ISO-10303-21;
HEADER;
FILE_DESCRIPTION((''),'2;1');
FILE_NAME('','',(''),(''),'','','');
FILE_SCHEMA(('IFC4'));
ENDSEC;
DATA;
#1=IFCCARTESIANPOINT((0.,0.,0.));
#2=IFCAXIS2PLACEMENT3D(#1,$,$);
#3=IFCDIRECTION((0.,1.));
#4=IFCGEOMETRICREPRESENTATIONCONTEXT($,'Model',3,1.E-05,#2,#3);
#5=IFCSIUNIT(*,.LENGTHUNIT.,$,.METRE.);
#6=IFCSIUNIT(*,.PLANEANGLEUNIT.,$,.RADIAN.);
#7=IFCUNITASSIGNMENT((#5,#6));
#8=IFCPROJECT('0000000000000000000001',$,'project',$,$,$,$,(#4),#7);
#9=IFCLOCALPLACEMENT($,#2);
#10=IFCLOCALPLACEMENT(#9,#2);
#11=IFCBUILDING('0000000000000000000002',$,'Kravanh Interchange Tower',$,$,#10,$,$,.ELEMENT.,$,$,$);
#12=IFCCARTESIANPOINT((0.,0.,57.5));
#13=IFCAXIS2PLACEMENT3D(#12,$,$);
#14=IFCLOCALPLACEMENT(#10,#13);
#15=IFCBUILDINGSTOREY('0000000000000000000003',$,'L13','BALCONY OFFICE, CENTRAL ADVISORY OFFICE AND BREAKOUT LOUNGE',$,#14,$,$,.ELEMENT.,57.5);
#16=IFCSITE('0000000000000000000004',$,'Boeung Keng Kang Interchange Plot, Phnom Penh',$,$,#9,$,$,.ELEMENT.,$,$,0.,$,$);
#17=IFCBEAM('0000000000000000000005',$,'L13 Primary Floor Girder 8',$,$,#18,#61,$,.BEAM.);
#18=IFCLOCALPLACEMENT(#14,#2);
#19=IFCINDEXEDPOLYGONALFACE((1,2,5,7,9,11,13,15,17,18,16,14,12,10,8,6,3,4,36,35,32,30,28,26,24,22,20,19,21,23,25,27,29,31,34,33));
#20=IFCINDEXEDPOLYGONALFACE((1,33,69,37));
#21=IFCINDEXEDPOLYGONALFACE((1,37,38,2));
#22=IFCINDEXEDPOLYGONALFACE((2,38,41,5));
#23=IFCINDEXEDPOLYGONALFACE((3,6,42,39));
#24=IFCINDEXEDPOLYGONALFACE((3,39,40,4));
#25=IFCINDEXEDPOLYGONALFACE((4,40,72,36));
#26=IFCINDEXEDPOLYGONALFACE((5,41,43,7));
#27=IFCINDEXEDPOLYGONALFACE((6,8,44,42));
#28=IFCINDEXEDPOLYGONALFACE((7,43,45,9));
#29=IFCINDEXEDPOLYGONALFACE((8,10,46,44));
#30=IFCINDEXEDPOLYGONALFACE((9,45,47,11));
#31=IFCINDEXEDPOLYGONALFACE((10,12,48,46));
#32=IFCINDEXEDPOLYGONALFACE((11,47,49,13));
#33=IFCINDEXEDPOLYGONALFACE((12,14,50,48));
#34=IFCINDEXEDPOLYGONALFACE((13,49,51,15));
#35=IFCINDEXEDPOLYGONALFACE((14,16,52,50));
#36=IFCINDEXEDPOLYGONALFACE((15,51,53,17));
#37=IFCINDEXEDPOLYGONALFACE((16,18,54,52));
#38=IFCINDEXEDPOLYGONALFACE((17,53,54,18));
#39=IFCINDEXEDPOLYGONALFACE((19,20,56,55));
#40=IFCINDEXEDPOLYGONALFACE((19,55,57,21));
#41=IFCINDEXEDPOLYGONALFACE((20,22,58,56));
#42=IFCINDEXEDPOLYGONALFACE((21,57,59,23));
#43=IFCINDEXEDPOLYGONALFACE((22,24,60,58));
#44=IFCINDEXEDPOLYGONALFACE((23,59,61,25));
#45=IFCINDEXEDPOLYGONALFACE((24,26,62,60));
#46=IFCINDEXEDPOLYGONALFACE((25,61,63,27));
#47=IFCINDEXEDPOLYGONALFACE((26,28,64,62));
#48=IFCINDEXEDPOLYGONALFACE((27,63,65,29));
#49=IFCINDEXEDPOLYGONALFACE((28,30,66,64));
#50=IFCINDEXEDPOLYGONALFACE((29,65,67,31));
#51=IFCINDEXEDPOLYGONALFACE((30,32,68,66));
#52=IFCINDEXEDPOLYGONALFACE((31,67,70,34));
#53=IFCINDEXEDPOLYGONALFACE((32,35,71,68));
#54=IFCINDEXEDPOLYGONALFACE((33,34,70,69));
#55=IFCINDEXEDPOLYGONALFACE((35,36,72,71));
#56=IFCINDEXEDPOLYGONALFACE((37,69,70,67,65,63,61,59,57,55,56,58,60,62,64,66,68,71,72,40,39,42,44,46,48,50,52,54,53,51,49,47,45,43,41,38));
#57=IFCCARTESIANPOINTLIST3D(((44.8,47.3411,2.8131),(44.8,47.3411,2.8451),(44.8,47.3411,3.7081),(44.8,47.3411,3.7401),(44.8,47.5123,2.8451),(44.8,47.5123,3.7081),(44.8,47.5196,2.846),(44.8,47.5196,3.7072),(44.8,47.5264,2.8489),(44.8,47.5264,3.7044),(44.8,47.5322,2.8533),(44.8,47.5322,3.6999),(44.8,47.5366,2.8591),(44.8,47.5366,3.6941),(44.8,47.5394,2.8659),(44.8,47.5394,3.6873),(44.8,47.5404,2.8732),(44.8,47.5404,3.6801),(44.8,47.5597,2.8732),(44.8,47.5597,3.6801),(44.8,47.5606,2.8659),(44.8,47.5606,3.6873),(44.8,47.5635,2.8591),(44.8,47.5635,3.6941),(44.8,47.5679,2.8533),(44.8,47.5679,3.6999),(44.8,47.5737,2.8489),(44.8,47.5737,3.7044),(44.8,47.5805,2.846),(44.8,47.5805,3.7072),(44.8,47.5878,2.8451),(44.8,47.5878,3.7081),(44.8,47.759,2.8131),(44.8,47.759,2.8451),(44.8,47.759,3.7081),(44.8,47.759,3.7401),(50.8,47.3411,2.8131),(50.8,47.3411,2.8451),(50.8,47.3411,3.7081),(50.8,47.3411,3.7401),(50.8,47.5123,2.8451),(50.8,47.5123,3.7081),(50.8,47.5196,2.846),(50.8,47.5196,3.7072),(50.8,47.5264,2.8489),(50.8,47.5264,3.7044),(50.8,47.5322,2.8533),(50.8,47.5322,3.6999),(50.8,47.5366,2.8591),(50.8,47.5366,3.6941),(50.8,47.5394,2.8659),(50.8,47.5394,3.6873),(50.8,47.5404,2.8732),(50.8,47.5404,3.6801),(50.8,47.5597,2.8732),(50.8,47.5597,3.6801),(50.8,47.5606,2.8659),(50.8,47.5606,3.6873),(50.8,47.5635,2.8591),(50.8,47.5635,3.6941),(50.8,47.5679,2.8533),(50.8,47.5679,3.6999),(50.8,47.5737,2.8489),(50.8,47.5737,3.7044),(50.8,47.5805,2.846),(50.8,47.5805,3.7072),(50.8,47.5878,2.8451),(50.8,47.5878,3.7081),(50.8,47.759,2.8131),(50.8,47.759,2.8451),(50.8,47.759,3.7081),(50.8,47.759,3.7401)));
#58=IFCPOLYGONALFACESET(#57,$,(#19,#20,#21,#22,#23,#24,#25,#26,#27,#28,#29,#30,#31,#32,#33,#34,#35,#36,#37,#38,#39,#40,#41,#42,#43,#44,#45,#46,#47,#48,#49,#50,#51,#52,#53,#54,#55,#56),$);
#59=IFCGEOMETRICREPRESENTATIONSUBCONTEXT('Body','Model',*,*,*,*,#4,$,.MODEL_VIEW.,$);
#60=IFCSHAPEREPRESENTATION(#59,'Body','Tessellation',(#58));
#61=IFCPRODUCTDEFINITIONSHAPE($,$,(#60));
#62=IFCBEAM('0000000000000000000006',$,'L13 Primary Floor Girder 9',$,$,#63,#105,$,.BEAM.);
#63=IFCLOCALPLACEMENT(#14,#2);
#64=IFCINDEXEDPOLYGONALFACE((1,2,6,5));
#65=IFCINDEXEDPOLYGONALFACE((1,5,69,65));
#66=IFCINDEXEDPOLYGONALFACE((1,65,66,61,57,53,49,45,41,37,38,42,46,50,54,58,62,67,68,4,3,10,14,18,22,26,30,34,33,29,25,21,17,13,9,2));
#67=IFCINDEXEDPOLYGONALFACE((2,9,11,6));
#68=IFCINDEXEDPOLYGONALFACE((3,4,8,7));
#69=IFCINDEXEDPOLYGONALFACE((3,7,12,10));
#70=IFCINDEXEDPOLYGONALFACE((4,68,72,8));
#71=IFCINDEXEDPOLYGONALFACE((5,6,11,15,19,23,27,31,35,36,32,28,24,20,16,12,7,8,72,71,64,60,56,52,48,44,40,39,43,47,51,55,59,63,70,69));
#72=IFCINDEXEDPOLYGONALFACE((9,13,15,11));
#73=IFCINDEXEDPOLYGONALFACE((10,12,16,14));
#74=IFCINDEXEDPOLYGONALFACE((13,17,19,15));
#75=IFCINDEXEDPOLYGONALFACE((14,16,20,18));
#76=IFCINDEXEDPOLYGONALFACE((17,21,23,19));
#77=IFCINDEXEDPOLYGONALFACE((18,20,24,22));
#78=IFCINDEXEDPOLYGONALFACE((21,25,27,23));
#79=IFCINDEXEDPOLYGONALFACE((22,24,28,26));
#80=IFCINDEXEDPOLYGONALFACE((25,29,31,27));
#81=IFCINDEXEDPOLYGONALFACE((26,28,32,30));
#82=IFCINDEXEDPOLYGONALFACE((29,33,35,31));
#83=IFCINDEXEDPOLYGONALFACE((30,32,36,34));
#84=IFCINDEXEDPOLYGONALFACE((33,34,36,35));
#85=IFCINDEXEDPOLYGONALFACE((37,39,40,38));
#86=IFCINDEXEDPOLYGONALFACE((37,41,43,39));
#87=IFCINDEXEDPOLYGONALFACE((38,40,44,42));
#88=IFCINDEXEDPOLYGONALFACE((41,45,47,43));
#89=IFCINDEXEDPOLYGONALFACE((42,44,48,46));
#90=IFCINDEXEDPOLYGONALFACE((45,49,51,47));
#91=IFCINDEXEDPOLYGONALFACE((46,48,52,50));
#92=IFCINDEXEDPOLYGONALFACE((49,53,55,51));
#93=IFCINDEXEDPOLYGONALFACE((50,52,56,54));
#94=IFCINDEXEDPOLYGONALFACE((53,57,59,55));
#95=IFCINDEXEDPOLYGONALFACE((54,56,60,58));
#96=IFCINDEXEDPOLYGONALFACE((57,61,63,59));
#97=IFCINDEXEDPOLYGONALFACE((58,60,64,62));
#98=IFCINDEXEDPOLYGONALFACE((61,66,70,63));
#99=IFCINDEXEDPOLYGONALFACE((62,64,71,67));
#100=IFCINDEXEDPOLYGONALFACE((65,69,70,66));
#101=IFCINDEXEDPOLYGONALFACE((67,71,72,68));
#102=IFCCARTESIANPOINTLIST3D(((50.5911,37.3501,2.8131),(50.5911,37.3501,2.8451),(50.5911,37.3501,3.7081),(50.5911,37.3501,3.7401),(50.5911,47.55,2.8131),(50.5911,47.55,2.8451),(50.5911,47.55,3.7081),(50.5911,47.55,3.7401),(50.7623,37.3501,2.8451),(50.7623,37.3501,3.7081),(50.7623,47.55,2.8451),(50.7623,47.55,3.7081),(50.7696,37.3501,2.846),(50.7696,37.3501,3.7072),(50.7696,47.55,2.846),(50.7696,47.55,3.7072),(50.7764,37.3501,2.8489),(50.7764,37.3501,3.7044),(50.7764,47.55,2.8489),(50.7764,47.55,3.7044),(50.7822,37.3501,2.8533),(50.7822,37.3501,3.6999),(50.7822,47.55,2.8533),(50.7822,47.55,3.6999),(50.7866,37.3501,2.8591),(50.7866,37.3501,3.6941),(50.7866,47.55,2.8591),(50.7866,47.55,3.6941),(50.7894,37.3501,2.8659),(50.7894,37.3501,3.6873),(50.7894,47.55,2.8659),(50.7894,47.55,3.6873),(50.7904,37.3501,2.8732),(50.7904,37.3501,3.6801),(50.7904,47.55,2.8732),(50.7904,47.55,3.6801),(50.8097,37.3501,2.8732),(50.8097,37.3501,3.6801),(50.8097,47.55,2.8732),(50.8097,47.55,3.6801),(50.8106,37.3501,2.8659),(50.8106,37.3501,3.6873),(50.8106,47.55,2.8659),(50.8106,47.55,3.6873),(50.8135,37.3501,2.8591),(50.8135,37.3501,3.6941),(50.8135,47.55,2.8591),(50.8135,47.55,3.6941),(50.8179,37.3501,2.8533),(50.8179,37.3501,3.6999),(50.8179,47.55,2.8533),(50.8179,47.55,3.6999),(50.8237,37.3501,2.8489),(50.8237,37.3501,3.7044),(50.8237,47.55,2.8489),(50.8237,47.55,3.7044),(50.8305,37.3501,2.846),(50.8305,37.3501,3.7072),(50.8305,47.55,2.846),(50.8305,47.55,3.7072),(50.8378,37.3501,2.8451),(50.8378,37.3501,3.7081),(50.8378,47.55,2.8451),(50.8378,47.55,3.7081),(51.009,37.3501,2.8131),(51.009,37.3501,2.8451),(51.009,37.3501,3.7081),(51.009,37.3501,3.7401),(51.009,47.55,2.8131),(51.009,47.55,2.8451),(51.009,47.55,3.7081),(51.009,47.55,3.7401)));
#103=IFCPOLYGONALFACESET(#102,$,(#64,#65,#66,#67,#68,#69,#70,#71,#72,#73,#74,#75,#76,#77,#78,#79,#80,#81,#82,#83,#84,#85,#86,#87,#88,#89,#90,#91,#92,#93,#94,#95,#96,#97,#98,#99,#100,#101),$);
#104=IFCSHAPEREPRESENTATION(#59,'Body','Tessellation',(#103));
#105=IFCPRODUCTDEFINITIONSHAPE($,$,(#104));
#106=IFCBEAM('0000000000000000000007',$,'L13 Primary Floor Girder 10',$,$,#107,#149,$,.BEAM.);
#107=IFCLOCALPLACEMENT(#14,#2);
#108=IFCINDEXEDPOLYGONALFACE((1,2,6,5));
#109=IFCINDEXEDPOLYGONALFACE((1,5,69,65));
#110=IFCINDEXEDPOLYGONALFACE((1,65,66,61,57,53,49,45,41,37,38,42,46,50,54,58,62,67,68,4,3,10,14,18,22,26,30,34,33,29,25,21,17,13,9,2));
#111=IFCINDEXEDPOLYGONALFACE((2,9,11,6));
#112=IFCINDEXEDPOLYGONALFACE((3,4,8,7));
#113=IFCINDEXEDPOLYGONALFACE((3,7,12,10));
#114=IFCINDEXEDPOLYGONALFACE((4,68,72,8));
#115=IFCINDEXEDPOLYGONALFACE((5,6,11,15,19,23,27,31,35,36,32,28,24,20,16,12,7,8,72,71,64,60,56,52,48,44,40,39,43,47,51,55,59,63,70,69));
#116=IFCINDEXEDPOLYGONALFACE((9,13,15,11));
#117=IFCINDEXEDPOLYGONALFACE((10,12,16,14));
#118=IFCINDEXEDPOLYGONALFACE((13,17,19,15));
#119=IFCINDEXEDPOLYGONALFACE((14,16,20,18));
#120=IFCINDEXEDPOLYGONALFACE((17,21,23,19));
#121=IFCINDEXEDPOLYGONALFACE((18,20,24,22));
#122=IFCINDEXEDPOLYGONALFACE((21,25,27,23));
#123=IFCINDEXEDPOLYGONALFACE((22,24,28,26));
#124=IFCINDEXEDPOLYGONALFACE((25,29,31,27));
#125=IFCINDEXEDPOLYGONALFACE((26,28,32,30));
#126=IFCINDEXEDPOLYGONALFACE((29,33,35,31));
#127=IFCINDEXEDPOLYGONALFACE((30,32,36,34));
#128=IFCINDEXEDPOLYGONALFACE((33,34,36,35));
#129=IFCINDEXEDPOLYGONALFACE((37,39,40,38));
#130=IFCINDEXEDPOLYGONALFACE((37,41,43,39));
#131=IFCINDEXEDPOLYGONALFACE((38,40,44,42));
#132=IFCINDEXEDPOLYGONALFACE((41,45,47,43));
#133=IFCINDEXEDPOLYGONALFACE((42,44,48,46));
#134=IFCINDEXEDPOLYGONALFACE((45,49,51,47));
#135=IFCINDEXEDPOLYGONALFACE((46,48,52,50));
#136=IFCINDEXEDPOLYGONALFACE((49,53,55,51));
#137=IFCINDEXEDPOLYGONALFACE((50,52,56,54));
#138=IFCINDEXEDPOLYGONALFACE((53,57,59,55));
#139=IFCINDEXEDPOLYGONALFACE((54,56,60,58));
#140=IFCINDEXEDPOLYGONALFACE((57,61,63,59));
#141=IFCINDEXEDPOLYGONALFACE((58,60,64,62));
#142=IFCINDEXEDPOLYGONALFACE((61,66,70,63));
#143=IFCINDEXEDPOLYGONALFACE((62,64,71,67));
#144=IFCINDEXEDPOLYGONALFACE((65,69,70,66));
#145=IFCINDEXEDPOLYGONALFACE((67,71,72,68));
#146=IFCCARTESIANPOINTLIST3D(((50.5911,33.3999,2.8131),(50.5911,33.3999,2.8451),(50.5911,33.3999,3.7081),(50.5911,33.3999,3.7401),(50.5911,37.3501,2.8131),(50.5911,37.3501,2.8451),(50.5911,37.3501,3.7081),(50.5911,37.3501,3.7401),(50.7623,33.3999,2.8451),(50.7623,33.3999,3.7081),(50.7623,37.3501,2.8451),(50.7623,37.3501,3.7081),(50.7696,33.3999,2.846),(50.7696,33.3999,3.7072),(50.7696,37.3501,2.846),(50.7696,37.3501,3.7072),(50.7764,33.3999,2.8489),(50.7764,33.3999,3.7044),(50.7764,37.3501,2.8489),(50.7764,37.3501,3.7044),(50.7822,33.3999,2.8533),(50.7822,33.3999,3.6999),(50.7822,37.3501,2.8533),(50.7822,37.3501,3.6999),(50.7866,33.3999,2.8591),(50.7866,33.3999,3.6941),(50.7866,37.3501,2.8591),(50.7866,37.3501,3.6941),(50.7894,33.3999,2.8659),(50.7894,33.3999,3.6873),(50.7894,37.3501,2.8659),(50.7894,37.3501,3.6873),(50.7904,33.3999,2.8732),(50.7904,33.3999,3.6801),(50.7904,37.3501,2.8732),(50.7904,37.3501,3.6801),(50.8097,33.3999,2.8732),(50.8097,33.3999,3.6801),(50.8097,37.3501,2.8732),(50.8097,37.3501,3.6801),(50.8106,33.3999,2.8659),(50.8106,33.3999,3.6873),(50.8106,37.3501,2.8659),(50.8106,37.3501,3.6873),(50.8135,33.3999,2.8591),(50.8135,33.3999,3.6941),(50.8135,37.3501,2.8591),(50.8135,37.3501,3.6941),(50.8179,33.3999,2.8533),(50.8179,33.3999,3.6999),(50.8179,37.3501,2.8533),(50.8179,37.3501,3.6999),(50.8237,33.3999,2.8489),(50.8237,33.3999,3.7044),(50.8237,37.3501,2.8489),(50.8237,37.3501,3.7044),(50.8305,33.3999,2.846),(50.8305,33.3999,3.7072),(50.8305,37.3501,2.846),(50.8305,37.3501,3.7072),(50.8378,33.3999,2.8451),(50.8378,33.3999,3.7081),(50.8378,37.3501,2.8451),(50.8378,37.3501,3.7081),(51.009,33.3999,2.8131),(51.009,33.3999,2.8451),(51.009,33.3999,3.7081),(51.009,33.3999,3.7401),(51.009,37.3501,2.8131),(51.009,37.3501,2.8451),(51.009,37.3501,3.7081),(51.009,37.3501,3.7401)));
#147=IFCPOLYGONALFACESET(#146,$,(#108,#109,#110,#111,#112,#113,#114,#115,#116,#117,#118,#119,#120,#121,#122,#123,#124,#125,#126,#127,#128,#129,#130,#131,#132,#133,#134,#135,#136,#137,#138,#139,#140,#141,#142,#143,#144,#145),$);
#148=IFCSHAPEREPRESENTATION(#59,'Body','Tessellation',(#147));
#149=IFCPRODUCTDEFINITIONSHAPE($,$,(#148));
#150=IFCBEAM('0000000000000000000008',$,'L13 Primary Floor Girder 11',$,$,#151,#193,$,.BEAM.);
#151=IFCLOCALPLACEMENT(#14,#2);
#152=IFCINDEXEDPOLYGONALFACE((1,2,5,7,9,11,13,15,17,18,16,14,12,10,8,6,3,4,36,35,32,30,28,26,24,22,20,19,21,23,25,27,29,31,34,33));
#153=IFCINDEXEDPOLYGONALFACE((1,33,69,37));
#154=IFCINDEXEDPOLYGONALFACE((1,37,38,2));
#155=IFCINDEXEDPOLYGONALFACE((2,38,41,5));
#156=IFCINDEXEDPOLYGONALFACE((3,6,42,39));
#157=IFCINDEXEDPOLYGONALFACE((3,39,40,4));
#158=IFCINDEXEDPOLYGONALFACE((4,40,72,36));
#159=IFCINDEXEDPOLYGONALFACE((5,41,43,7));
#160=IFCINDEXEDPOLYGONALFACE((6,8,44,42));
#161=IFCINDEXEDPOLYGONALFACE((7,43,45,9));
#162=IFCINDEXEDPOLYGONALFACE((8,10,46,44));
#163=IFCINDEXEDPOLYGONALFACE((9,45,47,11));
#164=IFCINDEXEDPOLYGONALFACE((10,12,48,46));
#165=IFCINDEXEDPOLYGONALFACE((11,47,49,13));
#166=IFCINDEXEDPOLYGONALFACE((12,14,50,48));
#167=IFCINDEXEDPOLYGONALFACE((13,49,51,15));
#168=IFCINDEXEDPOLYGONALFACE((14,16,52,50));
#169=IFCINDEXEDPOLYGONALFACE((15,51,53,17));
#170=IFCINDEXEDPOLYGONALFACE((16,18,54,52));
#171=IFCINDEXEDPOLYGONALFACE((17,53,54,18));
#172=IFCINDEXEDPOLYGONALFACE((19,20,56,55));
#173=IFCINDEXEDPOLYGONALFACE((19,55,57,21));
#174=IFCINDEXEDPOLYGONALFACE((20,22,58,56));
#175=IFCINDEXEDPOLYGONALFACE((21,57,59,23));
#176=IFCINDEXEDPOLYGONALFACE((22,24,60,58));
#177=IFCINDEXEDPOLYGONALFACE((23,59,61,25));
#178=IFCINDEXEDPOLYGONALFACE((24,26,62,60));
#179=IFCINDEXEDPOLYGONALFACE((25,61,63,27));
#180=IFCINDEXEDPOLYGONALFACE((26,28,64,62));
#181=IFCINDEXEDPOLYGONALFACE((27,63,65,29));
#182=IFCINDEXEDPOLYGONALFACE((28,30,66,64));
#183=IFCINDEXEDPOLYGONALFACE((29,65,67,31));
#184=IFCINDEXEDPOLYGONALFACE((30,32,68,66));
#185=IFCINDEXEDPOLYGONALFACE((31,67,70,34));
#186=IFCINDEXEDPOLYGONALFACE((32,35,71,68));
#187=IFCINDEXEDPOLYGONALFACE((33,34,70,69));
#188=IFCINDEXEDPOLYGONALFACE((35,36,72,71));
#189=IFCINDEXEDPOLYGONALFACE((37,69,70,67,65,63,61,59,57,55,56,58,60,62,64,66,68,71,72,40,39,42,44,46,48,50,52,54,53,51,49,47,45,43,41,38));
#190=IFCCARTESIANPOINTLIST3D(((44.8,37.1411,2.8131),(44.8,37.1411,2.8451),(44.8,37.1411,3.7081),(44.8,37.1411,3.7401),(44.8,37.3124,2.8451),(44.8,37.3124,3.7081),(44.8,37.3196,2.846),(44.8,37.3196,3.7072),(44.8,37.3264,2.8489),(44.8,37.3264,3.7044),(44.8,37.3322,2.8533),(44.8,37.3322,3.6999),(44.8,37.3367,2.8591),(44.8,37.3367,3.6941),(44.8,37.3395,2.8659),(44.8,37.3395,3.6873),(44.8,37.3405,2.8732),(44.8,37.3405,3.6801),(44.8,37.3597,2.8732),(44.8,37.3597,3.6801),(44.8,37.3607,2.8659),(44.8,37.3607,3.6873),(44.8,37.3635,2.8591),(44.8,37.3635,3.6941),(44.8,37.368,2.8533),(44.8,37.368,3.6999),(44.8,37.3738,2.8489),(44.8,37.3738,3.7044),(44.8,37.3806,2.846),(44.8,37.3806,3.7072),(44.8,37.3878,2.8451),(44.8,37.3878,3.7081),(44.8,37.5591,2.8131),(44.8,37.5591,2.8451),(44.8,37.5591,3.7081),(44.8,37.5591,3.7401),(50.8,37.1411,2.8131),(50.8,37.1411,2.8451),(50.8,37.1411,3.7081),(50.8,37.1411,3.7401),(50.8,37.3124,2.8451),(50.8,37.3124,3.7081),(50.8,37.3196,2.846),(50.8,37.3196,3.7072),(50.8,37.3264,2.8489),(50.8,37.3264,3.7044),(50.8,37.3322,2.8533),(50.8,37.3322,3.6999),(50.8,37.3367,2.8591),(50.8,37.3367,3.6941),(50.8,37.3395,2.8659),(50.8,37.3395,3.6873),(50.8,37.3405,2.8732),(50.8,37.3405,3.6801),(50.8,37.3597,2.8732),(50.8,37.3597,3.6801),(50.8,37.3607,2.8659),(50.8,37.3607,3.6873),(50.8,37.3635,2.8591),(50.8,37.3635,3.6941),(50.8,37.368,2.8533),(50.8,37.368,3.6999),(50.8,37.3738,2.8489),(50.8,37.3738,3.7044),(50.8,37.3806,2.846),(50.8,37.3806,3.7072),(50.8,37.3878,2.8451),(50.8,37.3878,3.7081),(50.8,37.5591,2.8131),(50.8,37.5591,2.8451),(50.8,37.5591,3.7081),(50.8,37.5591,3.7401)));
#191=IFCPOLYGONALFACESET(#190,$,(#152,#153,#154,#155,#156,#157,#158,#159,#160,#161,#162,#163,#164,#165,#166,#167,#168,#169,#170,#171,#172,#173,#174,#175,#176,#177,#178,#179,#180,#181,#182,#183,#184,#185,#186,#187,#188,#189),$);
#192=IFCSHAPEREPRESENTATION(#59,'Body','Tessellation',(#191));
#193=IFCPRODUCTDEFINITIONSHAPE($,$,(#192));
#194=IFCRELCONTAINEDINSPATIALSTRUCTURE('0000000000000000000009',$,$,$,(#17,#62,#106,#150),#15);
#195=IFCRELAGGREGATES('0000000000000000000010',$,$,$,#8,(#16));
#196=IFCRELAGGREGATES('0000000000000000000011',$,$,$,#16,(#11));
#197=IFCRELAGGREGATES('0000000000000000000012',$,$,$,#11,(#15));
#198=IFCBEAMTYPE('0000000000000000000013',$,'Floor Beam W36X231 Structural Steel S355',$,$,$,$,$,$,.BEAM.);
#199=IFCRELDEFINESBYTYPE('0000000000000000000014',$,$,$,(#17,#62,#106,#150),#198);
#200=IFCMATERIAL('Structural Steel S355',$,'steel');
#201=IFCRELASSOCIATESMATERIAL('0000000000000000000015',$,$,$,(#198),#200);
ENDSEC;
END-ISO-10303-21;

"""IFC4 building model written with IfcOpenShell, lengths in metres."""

from ifc_helpers import new_model, si_unit, direction, frame, origin, origin_2d, place, context, subcontext, project, spatial, i_section, extrude, material, material_profile, profile_set, type_object, element, save


model = new_model("IFC4")

# Units and contexts
model_context = context("Model", 3, precision=1e-05, world=origin(), true_north=direction((0.0, 1.0)))
body_context = subcontext(model_context, "Body", "Model", "MODEL_VIEW")
ifc_project = project(units=[si_unit("LENGTHUNIT", "METRE"), si_unit("PLANEANGLEUNIT", "RADIAN")], contexts=[model_context])

# Site, building, storey
site_placement = place(None, origin())
site = spatial("IfcSite", under=ifc_project, at=site_placement, Name="Boeung Keng Kang Interchange Plot, Phnom Penh", CompositionType="ELEMENT", RefElevation=0.0)
building_placement = place(site_placement, origin())
building = spatial("IfcBuilding", under=site, at=building_placement, Name="Kravanh Interchange Tower", CompositionType="ELEMENT")
storey_placement = place(building_placement, frame((0.0, 0.0, 57.5)))
storey = spatial("IfcBuildingStorey", under=building, at=storey_placement, Name="L13", Description="BALCONY OFFICE, CENTRAL ADVISORY OFFICE AND BREAKOUT LOUNGE", CompositionType="ELEMENT", Elevation=57.5)

# Beams
ifc_material_1 = material(Name="Structural Steel S355", Category="steel")
ifc_material_profile_1 = material_profile(ifc_material_1, i_section(OverallWidth=0.418, OverallDepth=0.927, WebThickness=0.0193, FlangeThickness=0.032, FilletRadius=0.0281, at=origin_2d()), Name="W36X231")
ifc_profile_set_1 = profile_set([ifc_material_profile_1], Name="Structural Steel S355")
beam_type_1 = type_object("IfcBeamType", Name="Floor Beam W36X231 Structural Steel S355", PredefinedType="BEAM", material=ifc_profile_set_1)
beam_1_placement = place(storey_placement, frame((50.8, 47.55, 3.2766), z_axis=(-1.0, 0.0, 0.0), x_axis=(0.0, -1.0, 0.0)))
element("IfcBeam", 1, at=beam_1_placement, inside=storey, type_object=beam_type_1, Name="L13 Primary Floor Girder 8", PredefinedType="BEAM", context=body_context, shape_type="SweptSolid", body=[
    extrude(i_section(OverallWidth=0.418, OverallDepth=0.927, WebThickness=0.0193, FlangeThickness=0.032, FilletRadius=0.0281, at=origin_2d()), origin(), (0.0, 0.0, 1.0), 6.0),
])
beam_2_placement = place(storey_placement, frame((50.8, 47.55, 3.2766), z_axis=(0.0, -1.0, 0.0), x_axis=(1.0, 0.0, 0.0)))
element("IfcBeam", 2, at=beam_2_placement, inside=storey, type_object=beam_type_1, Name="L13 Primary Floor Girder 9", PredefinedType="BEAM", context=body_context, shape_type="SweptSolid", body=[
    extrude(i_section(OverallWidth=0.418, OverallDepth=0.927, WebThickness=0.0193, FlangeThickness=0.032, FilletRadius=0.0281, at=origin_2d()), origin(), (0.0, 0.0, 1.0), 10.2),
])
beam_3_placement = place(storey_placement, frame((50.8, 37.3501, 3.2766), z_axis=(0.0, -1.0, 0.0), x_axis=(1.0, 0.0, 0.0)))
element("IfcBeam", 3, at=beam_3_placement, inside=storey, type_object=beam_type_1, Name="L13 Primary Floor Girder 10", PredefinedType="BEAM", context=body_context, shape_type="SweptSolid", body=[
    extrude(i_section(OverallWidth=0.418, OverallDepth=0.927, WebThickness=0.0193, FlangeThickness=0.032, FilletRadius=0.0281, at=origin_2d()), origin(), (0.0, 0.0, 1.0), 3.9502),
])
beam_4_placement = place(storey_placement, frame((50.8, 37.3501, 3.2766), z_axis=(-1.0, 0.0, 0.0), x_axis=(0.0, -1.0, 0.0)))
element("IfcBeam", 4, at=beam_4_placement, inside=storey, type_object=beam_type_1, Name="L13 Primary Floor Girder 11", PredefinedType="BEAM", context=body_context, shape_type="SweptSolid", body=[
    extrude(i_section(OverallWidth=0.418, OverallDepth=0.927, WebThickness=0.0193, FlangeThickness=0.032, FilletRadius=0.0281, at=origin_2d()), origin(), (0.0, 0.0, 1.0), 6.0),
])

save(model, "model.ifc")
